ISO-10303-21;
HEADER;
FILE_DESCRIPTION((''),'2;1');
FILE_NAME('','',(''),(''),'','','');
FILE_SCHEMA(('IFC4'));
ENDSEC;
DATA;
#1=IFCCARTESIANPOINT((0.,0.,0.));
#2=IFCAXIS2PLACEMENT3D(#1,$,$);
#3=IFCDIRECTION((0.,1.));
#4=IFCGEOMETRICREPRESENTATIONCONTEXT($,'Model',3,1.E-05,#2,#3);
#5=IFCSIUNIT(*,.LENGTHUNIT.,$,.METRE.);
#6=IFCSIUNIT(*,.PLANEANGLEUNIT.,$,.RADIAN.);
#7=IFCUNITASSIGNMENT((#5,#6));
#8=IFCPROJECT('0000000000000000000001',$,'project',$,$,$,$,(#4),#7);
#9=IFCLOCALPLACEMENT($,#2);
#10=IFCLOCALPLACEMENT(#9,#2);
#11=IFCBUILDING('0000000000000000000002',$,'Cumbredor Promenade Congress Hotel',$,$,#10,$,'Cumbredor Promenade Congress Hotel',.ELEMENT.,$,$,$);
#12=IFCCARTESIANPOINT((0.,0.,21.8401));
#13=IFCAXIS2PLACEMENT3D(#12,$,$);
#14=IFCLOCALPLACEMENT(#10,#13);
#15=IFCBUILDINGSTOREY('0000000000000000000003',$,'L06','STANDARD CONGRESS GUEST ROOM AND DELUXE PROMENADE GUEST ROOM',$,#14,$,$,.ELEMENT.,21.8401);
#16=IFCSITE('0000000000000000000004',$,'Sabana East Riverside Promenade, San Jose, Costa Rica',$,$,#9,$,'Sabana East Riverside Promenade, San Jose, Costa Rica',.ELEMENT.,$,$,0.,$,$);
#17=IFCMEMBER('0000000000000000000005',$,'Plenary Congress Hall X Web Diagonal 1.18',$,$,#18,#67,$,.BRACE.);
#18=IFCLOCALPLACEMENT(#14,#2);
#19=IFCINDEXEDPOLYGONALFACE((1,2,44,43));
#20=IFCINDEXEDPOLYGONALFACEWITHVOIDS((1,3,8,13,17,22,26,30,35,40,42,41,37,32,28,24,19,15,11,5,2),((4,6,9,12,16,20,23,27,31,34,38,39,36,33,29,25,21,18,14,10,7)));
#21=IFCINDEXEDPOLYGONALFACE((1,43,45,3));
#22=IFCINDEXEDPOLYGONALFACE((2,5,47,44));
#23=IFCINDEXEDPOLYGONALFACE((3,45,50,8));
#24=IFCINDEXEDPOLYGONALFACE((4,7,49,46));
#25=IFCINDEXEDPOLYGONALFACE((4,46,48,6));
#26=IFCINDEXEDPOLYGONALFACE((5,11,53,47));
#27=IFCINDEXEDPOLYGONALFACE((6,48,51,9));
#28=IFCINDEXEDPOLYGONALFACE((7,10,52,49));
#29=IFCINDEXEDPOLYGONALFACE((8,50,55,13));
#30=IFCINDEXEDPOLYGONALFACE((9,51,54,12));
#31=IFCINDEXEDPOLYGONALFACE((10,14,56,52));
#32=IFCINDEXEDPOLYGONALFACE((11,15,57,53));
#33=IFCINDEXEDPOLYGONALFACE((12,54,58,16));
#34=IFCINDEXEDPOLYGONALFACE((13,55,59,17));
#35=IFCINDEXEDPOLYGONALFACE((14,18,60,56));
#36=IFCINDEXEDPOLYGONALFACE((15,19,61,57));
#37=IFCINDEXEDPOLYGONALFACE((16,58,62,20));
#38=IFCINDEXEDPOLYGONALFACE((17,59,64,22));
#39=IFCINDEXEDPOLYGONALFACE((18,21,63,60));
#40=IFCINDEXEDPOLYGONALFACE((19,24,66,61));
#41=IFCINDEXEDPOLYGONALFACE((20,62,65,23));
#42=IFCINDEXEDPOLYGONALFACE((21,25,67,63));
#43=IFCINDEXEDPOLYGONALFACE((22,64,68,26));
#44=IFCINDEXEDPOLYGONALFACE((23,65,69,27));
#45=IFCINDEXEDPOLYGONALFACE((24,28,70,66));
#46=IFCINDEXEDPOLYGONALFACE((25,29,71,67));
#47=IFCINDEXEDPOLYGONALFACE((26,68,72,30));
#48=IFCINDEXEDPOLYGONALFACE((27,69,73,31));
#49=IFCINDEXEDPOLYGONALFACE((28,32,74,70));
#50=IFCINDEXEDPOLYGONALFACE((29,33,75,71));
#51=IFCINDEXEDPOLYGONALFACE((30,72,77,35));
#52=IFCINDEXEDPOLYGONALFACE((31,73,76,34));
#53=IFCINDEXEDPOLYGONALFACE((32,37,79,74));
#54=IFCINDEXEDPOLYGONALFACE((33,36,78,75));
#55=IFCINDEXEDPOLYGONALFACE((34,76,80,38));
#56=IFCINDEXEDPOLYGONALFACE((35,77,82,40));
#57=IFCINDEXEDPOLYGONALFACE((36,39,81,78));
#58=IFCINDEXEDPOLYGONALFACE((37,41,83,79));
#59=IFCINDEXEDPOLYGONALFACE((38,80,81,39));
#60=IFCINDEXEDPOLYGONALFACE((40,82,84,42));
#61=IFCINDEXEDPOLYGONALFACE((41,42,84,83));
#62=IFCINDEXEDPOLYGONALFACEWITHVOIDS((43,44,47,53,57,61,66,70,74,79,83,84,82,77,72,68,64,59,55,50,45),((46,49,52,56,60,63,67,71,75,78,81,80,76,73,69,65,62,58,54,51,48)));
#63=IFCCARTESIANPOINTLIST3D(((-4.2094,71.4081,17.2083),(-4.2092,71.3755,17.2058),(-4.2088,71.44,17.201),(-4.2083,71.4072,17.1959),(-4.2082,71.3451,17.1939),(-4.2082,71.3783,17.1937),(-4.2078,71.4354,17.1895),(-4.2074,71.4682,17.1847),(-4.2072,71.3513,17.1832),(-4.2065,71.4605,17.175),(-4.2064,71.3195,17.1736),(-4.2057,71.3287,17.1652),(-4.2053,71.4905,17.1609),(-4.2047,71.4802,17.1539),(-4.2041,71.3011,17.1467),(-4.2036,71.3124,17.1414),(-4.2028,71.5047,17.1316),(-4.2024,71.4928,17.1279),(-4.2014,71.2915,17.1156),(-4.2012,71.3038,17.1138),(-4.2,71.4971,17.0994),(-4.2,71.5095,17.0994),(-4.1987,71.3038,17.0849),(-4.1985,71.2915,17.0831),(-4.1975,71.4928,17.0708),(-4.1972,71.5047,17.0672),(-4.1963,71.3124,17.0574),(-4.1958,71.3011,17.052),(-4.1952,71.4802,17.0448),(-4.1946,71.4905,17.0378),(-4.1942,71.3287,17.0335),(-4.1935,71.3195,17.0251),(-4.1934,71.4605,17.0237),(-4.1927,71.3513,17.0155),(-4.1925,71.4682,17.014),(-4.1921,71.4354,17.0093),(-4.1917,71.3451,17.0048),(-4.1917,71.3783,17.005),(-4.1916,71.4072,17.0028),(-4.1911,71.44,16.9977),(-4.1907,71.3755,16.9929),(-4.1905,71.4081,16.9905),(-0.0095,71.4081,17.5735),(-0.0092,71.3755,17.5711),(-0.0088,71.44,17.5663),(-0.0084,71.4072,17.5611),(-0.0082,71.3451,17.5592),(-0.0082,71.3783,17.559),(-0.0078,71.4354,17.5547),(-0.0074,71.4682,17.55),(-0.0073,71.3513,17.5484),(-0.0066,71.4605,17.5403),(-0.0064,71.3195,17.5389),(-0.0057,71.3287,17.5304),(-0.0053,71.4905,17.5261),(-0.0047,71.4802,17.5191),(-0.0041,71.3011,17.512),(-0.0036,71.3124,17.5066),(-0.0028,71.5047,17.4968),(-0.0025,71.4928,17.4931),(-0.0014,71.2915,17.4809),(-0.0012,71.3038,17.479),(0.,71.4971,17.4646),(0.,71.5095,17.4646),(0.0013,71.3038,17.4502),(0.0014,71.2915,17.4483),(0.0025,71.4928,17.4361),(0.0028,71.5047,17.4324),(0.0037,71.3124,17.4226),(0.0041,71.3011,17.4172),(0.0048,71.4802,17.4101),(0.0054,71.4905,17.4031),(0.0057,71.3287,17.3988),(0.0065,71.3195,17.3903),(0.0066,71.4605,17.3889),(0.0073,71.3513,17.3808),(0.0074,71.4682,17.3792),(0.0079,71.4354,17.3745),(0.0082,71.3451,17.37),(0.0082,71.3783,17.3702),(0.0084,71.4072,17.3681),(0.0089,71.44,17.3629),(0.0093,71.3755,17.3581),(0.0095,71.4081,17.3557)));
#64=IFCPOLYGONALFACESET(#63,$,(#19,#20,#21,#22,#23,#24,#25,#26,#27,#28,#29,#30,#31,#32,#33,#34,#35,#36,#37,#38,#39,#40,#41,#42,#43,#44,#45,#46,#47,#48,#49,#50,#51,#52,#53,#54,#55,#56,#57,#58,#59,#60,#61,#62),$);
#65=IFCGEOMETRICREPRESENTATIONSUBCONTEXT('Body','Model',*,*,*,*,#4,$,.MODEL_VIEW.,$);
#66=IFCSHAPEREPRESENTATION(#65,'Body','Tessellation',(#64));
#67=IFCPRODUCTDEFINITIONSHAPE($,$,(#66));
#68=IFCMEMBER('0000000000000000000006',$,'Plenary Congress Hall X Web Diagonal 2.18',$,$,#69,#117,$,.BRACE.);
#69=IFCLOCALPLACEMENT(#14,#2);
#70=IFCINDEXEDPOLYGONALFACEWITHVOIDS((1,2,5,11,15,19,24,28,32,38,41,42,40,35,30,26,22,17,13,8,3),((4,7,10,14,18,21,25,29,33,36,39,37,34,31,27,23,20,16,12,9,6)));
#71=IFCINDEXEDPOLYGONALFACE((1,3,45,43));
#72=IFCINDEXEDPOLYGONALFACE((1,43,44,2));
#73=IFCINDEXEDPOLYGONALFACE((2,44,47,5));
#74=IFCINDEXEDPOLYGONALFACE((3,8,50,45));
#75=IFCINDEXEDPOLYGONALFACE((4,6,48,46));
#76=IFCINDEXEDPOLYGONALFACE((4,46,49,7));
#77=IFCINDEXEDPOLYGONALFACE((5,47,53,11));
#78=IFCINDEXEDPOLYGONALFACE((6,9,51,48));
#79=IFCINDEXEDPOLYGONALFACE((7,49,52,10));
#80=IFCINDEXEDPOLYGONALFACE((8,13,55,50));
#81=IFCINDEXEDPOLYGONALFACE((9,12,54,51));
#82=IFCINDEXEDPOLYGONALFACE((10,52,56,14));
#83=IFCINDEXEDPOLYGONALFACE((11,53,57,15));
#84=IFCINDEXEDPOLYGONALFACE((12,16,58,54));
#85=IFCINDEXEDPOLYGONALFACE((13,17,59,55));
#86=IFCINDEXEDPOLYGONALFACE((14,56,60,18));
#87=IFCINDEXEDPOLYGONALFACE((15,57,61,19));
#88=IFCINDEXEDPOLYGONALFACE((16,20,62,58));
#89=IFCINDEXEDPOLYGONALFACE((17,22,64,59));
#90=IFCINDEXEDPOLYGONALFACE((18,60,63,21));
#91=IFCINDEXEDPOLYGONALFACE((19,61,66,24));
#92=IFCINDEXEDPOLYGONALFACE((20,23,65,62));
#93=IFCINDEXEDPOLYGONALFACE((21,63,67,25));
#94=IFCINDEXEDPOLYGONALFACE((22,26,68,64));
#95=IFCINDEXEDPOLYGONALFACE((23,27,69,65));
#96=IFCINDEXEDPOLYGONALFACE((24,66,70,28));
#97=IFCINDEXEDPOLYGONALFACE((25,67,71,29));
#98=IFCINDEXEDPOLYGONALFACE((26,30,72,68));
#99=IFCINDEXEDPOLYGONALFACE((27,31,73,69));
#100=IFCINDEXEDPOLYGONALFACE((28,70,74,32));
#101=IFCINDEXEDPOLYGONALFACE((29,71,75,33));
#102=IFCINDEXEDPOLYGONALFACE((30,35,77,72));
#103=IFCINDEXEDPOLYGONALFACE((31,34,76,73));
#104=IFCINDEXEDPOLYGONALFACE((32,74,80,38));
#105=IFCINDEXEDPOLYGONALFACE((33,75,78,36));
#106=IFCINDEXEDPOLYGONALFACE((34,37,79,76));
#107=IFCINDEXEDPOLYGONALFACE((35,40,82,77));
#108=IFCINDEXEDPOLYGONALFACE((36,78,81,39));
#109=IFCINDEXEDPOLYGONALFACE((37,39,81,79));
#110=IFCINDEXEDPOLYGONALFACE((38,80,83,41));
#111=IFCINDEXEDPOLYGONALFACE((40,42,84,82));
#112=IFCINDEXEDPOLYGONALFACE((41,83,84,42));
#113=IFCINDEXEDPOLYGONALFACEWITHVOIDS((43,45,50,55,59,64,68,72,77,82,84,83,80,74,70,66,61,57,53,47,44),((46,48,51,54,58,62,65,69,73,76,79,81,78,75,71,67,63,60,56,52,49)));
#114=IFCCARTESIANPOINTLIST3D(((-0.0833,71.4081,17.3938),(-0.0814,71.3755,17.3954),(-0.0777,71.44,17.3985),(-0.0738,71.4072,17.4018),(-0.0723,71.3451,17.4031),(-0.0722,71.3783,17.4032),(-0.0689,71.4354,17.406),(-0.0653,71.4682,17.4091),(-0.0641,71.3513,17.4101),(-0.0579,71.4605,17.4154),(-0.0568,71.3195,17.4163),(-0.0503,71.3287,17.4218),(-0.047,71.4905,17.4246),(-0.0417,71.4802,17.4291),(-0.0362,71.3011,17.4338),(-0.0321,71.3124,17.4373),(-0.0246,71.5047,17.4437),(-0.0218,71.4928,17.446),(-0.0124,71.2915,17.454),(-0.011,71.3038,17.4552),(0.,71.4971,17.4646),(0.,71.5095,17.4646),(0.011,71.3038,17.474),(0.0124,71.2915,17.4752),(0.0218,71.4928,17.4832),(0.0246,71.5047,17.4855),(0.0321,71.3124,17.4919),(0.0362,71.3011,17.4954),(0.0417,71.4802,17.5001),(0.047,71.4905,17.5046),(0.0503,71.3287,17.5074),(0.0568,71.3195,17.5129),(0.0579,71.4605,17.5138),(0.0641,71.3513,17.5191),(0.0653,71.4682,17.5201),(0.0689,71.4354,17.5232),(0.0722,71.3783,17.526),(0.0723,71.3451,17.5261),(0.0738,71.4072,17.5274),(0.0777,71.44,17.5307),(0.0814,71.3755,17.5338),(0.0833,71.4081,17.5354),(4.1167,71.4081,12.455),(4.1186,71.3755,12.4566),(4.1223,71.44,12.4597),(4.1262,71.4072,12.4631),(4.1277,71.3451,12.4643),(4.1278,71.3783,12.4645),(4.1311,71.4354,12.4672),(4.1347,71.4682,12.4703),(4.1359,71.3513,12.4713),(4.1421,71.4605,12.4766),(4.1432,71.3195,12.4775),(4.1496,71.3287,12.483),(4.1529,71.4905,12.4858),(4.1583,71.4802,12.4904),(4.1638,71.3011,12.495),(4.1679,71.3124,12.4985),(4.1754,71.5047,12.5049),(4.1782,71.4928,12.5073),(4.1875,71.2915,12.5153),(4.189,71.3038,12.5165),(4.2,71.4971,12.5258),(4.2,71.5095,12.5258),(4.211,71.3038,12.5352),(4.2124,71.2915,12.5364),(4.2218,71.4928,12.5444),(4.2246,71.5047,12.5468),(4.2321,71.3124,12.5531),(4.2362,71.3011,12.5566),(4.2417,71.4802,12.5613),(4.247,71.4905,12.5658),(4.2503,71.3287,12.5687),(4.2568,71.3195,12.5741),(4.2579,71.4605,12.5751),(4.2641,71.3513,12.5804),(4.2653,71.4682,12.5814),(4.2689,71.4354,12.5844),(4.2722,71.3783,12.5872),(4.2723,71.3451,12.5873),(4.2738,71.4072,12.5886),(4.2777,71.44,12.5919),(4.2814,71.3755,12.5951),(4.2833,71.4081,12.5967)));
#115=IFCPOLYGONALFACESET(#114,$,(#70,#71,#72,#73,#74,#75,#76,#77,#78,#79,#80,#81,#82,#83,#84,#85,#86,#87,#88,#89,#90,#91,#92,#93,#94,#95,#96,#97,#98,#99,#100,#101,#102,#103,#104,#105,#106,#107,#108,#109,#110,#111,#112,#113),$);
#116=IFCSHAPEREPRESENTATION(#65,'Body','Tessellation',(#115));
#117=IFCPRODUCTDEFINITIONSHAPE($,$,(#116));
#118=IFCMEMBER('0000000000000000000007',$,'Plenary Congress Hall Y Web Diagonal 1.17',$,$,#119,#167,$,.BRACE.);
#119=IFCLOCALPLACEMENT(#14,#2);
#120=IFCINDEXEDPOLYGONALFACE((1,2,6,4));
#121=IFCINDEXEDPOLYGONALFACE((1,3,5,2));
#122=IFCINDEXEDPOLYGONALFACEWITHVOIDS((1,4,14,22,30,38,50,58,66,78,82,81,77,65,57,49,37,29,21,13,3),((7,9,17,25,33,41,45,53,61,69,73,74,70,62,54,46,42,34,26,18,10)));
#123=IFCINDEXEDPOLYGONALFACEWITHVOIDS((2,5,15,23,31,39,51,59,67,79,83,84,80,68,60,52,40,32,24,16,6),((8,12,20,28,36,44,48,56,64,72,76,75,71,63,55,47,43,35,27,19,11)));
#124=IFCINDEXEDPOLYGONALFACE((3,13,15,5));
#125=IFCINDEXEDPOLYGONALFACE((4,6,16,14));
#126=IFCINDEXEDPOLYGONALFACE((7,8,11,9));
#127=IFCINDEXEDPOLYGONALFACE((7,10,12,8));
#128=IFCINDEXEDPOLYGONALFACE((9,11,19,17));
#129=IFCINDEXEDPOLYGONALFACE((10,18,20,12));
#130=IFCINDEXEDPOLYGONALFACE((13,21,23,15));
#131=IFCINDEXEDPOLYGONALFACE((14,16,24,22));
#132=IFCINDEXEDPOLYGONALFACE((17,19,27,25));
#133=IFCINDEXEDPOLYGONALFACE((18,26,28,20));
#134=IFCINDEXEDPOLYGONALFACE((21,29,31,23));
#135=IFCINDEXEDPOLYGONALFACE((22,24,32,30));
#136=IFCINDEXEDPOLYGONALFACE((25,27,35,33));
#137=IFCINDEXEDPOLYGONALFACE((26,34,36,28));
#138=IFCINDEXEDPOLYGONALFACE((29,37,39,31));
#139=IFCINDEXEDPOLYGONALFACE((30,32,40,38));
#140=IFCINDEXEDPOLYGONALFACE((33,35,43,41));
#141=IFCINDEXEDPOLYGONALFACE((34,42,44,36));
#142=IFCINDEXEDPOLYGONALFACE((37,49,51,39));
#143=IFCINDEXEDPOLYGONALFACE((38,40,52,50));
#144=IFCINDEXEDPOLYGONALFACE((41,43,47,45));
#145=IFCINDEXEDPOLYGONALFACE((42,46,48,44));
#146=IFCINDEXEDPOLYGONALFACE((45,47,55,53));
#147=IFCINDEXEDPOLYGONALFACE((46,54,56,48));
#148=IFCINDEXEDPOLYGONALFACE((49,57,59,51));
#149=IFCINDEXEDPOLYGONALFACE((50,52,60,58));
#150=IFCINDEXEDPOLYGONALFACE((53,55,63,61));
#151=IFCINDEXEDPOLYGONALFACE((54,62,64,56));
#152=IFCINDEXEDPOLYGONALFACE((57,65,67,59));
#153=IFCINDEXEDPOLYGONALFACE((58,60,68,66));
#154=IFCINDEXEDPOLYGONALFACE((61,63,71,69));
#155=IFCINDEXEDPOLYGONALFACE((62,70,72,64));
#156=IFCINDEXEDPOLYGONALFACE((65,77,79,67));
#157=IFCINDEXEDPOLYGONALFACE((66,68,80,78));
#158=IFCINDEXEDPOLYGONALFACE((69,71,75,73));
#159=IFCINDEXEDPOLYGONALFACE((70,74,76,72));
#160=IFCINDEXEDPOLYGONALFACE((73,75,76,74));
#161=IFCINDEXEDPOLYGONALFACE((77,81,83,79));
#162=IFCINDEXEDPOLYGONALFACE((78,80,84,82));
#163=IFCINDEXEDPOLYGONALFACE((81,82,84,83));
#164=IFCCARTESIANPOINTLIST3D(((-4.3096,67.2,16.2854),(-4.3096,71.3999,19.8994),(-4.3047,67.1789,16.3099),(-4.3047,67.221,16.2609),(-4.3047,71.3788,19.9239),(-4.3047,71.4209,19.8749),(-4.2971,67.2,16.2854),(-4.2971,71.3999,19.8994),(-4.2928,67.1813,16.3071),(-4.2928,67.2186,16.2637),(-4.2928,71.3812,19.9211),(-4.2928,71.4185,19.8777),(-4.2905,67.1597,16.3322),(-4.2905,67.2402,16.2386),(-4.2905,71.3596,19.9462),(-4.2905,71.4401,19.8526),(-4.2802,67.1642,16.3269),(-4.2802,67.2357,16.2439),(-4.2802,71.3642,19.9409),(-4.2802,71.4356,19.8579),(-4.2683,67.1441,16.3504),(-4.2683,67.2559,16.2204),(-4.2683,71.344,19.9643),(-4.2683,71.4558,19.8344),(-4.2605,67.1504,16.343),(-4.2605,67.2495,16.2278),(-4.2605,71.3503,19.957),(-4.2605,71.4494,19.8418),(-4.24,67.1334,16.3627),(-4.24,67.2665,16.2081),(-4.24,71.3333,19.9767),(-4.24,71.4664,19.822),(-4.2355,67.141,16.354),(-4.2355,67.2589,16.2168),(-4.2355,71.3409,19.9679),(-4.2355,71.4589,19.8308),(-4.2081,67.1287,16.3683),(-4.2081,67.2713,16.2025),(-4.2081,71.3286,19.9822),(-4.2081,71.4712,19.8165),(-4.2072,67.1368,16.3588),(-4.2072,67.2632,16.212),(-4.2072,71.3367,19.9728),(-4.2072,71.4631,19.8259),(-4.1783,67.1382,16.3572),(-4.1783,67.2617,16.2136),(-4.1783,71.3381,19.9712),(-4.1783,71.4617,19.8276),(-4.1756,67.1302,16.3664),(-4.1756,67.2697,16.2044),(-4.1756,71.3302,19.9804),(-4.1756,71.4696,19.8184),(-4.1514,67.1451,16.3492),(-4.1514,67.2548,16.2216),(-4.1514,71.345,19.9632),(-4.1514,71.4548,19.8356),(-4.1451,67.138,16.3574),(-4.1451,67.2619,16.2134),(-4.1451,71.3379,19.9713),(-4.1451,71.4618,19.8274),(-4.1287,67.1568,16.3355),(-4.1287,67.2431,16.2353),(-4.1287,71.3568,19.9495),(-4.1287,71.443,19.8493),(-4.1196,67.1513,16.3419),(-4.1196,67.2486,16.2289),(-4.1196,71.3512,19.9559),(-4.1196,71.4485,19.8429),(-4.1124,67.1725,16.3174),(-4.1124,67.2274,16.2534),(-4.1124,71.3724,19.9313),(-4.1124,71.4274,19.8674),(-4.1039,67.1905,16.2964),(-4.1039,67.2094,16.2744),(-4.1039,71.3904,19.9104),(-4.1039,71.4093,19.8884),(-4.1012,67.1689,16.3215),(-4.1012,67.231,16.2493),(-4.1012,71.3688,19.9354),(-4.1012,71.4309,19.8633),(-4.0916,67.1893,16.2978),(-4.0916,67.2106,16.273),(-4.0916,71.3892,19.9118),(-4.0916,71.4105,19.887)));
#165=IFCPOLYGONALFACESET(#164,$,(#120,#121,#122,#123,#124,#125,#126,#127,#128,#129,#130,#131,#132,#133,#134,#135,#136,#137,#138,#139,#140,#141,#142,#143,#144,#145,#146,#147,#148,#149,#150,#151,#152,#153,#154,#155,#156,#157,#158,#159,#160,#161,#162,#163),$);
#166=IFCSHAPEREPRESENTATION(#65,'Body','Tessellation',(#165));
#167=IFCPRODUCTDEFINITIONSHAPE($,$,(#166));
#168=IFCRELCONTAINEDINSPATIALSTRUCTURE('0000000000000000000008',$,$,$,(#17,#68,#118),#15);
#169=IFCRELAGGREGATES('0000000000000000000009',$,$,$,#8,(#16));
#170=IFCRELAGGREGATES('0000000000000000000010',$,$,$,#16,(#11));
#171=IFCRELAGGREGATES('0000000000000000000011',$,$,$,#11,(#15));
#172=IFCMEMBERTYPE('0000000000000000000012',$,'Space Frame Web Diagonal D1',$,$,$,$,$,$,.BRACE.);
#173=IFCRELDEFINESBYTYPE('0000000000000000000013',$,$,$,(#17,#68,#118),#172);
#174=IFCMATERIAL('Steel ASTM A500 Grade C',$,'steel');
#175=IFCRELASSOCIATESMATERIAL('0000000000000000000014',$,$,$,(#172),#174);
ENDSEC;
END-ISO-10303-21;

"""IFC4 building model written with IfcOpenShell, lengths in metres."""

from ifc_helpers import new_model, si_unit, direction, frame, origin, origin_2d, place, context, subcontext, project, spatial, hollow_circle, extrude, material, material_profile, profile_set, type_object, element, save


model = new_model("IFC4")

# Units and contexts
model_context = context("Model", 3, precision=1e-05, world=origin(), true_north=direction((0.0, 1.0)))
body_context = subcontext(model_context, "Body", "Model", "MODEL_VIEW")
ifc_project = project(units=[si_unit("LENGTHUNIT", "METRE"), si_unit("PLANEANGLEUNIT", "RADIAN")], contexts=[model_context])

# Site, building, storey
site_placement = place(None, origin())
site = spatial("IfcSite", under=ifc_project, at=site_placement, Name="Sabana East Riverside Promenade, San Jose, Costa Rica", LongName="Sabana East Riverside Promenade, San Jose, Costa Rica", CompositionType="ELEMENT", RefElevation=0.0)
building_placement = place(site_placement, origin())
building = spatial("IfcBuilding", under=site, at=building_placement, Name="Cumbredor Promenade Congress Hotel", LongName="Cumbredor Promenade Congress Hotel", CompositionType="ELEMENT")
storey_placement = place(building_placement, frame((0.0, 0.0, 21.8401)))
storey = spatial("IfcBuildingStorey", under=building, at=storey_placement, Name="L06", Description="STANDARD CONGRESS GUEST ROOM AND DELUXE PROMENADE GUEST ROOM", CompositionType="ELEMENT", Elevation=21.8401)

# Members
ifc_material_1 = material(Name="Steel ASTM A500 Grade C", Category="steel")
ifc_material_profile_1 = material_profile(ifc_material_1, hollow_circle(Radius=0.1096, WallThickness=0.0125, at=origin_2d()), Name="CHS 219.1x12.5")
ifc_profile_set_1 = profile_set([ifc_material_profile_1], Name="Steel ASTM A500 Grade C")
member_type_1 = type_object("IfcMemberType", Name="Space Frame Web Diagonal D1", PredefinedType="BRACE", material=ifc_profile_set_1)
member_1_placement = place(storey_placement, frame((-4.2, 71.3999, 17.0994), z_axis=(0.99624, 0.0, 0.086635), x_axis=(0.0, 1.0, 0.0)))
element("IfcMember", 1, at=member_1_placement, inside=storey, type_object=member_type_1, Name="Plenary Congress Hall X Web Diagonal 1.18", PredefinedType="BRACE", context=body_context, shape_type="SweptSolid", body=[
    extrude(hollow_circle(Radius=0.1096, WallThickness=0.0125, at=origin_2d()), origin(), (0.0, 0.0, 1.0), 4.2158),
])
member_2_placement = place(storey_placement, frame((0.0, 71.3999, 17.4646), z_axis=(0.647831, 0.0, -0.761784), x_axis=(0.0, 1.0, 0.0)))
element("IfcMember", 2, at=member_2_placement, inside=storey, type_object=member_type_1, Name="Plenary Congress Hall X Web Diagonal 2.18", PredefinedType="BRACE", context=body_context, shape_type="SweptSolid", body=[
    extrude(hollow_circle(Radius=0.1096, WallThickness=0.0125, at=origin_2d()), origin(), (0.0, 0.0, 1.0), 6.4832),
])
member_3_placement = place(storey_placement, frame((-4.2, 67.2, 16.2854), z_axis=(0.0, 0.758002, 0.652253), x_axis=(-1.0, 0.0, 0.0)))
element("IfcMember", 3, at=member_3_placement, inside=storey, type_object=member_type_1, Name="Plenary Congress Hall Y Web Diagonal 1.17", PredefinedType="BRACE", context=body_context, shape_type="SweptSolid", body=[
    extrude(hollow_circle(Radius=0.1096, WallThickness=0.0125, at=origin_2d()), origin(), (0.0, 0.0, 1.0), 5.5408),
])

save(model, "model.ifc")
